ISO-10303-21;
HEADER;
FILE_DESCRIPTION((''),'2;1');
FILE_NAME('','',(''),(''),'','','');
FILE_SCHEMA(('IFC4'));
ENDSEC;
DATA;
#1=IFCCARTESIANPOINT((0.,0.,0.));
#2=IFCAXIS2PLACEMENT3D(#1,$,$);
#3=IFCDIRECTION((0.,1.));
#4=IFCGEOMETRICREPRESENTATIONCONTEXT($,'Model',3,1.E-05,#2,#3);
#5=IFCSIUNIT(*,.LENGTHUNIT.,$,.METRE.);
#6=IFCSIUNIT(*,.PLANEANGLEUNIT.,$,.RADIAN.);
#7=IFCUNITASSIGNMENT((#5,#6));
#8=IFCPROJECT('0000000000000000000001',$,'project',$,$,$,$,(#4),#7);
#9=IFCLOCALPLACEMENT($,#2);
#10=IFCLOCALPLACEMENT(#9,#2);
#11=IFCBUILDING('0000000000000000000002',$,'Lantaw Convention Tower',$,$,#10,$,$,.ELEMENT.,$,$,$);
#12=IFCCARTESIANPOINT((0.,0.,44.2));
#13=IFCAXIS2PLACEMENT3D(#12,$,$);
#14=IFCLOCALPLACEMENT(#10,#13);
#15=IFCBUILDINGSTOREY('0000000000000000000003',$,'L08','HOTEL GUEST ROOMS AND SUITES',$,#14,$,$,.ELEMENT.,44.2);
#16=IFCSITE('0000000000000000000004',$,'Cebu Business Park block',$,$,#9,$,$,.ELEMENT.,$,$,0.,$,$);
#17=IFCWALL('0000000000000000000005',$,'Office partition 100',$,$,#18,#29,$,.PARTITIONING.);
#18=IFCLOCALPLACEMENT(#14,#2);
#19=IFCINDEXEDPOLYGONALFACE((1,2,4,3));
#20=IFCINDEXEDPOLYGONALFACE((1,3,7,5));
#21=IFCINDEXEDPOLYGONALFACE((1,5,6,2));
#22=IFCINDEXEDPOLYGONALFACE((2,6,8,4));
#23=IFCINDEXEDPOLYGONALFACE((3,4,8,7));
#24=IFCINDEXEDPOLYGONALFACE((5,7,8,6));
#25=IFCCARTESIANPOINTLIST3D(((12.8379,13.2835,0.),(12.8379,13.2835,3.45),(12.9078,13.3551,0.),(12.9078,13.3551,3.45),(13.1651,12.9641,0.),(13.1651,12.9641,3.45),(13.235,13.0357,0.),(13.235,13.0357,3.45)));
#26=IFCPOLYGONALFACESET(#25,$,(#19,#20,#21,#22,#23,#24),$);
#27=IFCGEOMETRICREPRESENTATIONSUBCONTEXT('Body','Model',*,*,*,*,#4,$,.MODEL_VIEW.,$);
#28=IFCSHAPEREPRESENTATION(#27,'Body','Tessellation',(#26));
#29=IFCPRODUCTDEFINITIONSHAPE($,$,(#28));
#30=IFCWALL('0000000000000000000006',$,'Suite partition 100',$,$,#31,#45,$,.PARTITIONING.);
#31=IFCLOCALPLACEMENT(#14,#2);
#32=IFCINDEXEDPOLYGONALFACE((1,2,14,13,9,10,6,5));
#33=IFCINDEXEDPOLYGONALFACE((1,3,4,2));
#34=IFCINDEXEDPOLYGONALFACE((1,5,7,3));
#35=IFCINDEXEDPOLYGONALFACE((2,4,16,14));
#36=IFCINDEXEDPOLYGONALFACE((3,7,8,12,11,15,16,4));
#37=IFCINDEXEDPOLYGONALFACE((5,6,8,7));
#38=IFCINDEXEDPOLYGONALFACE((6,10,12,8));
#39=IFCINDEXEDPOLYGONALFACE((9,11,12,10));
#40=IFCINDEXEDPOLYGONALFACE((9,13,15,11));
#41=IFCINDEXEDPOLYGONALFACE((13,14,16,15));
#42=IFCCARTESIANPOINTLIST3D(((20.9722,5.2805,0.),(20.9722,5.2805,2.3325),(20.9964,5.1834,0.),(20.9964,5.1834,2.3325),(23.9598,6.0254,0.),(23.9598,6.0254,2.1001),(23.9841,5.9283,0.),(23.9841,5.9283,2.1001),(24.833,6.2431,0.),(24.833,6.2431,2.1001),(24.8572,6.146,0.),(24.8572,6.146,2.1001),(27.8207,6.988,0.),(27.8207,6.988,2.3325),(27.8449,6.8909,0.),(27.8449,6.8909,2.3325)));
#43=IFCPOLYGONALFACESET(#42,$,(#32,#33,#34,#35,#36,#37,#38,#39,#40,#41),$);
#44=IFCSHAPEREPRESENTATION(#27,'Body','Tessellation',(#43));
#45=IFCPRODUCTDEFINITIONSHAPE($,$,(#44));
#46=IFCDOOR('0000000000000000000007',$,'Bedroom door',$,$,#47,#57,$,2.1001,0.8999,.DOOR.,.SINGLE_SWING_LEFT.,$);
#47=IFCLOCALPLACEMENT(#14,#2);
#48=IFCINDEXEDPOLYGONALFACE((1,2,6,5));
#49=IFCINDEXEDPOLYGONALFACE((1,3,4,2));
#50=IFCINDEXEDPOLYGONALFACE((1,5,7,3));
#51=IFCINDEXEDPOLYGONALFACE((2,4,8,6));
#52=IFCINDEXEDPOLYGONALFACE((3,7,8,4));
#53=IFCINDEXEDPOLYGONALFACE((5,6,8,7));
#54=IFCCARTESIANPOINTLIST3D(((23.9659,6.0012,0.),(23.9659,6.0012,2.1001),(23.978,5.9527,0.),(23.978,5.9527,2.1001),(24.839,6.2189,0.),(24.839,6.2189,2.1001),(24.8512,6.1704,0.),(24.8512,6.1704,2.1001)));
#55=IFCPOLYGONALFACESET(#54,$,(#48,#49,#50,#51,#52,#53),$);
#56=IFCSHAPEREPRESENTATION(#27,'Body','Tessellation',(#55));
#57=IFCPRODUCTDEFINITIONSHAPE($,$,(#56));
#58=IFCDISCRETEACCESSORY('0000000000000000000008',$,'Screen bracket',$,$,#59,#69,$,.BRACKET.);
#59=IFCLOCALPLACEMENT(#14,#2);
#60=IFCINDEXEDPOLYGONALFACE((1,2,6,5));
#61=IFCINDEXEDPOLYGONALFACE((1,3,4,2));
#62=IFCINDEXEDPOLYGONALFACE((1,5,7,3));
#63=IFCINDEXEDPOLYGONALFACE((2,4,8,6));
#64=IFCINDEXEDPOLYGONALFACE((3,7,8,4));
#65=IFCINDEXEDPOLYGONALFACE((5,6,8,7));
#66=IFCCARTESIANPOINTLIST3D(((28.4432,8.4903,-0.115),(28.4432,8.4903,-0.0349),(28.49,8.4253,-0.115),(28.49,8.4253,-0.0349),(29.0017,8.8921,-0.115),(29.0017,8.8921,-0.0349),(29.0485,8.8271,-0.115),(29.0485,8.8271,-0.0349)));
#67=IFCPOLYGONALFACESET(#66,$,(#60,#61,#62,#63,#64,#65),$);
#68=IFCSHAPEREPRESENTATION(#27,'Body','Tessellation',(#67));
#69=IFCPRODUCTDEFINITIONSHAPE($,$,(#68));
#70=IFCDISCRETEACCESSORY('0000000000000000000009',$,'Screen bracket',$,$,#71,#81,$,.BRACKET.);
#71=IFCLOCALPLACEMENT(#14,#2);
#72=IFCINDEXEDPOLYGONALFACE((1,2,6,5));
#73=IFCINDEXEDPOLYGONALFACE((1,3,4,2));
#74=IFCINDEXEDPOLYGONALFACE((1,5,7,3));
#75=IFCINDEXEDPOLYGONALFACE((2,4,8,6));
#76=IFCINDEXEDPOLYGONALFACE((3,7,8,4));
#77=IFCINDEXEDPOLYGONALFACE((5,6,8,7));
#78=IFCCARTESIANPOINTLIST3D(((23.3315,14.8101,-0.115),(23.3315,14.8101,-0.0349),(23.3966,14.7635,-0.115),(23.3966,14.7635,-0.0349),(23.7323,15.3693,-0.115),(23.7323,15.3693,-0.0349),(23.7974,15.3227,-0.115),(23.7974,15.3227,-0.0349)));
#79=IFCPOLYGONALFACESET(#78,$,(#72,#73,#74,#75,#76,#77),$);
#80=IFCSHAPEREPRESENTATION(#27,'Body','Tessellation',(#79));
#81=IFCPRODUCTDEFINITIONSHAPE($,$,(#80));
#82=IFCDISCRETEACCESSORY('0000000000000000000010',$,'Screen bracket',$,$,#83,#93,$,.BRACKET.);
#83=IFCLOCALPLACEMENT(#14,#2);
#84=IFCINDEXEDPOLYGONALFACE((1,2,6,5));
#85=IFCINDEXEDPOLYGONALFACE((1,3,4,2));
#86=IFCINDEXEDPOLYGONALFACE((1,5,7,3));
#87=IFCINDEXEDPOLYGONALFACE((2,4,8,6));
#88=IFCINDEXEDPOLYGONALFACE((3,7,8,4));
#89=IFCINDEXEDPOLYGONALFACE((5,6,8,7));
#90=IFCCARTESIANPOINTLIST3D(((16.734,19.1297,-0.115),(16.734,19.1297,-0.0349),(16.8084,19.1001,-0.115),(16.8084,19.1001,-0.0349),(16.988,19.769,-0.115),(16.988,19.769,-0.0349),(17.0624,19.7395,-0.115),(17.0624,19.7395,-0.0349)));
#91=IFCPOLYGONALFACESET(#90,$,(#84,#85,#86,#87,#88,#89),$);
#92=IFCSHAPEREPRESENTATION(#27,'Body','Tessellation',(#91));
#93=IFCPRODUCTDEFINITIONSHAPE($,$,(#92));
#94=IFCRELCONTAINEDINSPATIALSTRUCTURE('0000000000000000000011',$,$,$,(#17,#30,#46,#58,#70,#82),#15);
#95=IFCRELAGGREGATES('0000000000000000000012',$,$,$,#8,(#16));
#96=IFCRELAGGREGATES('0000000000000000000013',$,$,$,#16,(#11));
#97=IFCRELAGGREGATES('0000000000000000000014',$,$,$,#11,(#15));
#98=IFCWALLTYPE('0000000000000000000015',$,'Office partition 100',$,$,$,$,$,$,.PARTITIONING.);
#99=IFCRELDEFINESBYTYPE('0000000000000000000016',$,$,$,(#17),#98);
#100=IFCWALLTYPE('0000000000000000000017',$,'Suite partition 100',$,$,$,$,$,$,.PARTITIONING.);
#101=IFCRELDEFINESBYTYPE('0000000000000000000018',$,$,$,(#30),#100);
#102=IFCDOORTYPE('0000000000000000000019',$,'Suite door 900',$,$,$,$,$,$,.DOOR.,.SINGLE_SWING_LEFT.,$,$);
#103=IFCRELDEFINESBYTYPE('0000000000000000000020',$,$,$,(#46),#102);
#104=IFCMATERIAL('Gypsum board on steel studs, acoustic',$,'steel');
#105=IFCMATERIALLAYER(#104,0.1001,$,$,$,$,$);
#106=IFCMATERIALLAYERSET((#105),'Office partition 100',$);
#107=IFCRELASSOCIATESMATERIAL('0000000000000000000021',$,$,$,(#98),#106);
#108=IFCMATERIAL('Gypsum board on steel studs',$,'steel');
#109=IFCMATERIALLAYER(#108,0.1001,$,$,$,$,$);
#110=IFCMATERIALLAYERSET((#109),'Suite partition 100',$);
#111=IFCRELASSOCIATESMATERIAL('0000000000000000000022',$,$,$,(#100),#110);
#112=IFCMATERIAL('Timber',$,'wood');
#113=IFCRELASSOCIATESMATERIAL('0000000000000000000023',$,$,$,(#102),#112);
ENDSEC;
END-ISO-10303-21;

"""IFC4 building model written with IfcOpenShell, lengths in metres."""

from ifc_helpers import new_model, si_unit, direction, frame, frame_2d, origin, origin_2d, place, context, subcontext, project, spatial, rectangle, extrude, material, layer, layer_set, type_object, element, fill, save


model = new_model("IFC4")

# Units and contexts
model_context = context("Model", 3, precision=1e-05, world=origin(), true_north=direction((0.0, 1.0)))
body_context = subcontext(model_context, "Body", "Model", "MODEL_VIEW")
ifc_project = project(units=[si_unit("LENGTHUNIT", "METRE"), si_unit("PLANEANGLEUNIT", "RADIAN")], contexts=[model_context])

# Site, building, storey
site_placement = place(None, origin())
site = spatial("IfcSite", under=ifc_project, at=site_placement, Name="Cebu Business Park block", CompositionType="ELEMENT", RefElevation=0.0)
building_placement = place(site_placement, origin())
building = spatial("IfcBuilding", under=site, at=building_placement, Name="Lantaw Convention Tower", CompositionType="ELEMENT")
storey_placement = place(building_placement, frame((0.0, 0.0, 44.2)))
storey = spatial("IfcBuildingStorey", under=building, at=storey_placement, Name="L08", Description="HOTEL GUEST ROOMS AND SUITES", CompositionType="ELEMENT", Elevation=44.2)

# Wall
ifc_material_1 = material(Name="Gypsum board on steel studs, acoustic", Category="steel")
ifc_layer_1 = layer(ifc_material_1, 0.1001)
ifc_layer_set_1 = layer_set([ifc_layer_1], Name="Office partition 100")
wall_type_1 = type_object("IfcWallType", Name="Office partition 100", PredefinedType="PARTITIONING", material=ifc_layer_set_1)
wall_1_placement = place(storey_placement, frame((13.2, 13.0, 0.0), z_axis=(0.0, 0.0, 1.0), x_axis=(-0.7156, 0.698511, 0.0)))
element("IfcWall", 1, at=wall_1_placement, inside=storey, type_object=wall_type_1, Name="Office partition 100", PredefinedType="PARTITIONING", context=body_context, shape_type="SweptSolid", body=[
    extrude(rectangle(XDim=0.4573, YDim=0.1001, at=frame_2d((0.2285, 0.0))), origin(), (0.0, 0.0, 1.0), 3.45),
])

# Wall, opening, door
ifc_material_2 = material(Name="Gypsum board on steel studs", Category="steel")
ifc_layer_2 = layer(ifc_material_2, 0.1001)
ifc_layer_set_2 = layer_set([ifc_layer_2], Name="Suite partition 100")
wall_type_2 = type_object("IfcWallType", Name="Suite partition 100", PredefinedType="PARTITIONING", material=ifc_layer_set_2)
wall_2_placement = place(storey_placement, frame((27.8328, 6.9395, 0.0), z_axis=(0.0, 0.0, 1.0), x_axis=(-0.970295, -0.241925, 0.0)))
wall_2 = element("IfcWall", 2, at=wall_2_placement, inside=storey, type_object=wall_type_2, Name="Suite partition 100", PredefinedType="PARTITIONING", context=body_context, shape_type="SweptSolid", body=[
    extrude(rectangle(XDim=7.0581, YDim=0.1001, at=frame_2d((3.5291, 0.0))), origin(), (0.0, 0.0, 1.0), 2.3325),
])
opening_1_placement = place(wall_2_placement, frame((3.0791, 0.0, 0.0)))
opening_1 = element("IfcOpeningElement", 3, at=opening_1_placement, cuts=wall_2, PredefinedType="OPENING", context=body_context, shape_type="SweptSolid", body=[
    extrude(rectangle(XDim=0.8999, YDim=2.1001, at=frame_2d((0.45, 1.05))), frame((0.0, 0.0601, 0.0), z_axis=(0.0, -1.0, 0.0), x_axis=(1.0, 0.0, 0.0)), (0.0, 0.0, 1.0), 0.1201),
])
ifc_material_3 = material(Name="Timber", Category="wood")
door_type = type_object("IfcDoorType", Name="Suite door 900", OperationType="SINGLE_SWING_LEFT", PredefinedType="DOOR", material=ifc_material_3)
door_placement = place(opening_1_placement, origin())
door = element("IfcDoor", 4, at=door_placement, inside=storey, type_object=door_type, Name="Bedroom door", OperationType="SINGLE_SWING_LEFT", OverallHeight=2.1001, OverallWidth=0.8999, PredefinedType="DOOR", context=body_context, shape_type="SweptSolid", body=[
    extrude(rectangle(XDim=0.8999, YDim=2.1001, at=frame_2d((0.45, 1.05))), frame((0.0, 0.0249, 0.0), z_axis=(0.0, -1.0, 0.0), x_axis=(1.0, 0.0, 0.0)), (0.0, 0.0, 1.0), 0.05),
])
fill(opening_1, door)

# Discrete accessories
for number, where, z_axis, x_axis, name in (
    (5, (28.7458, 8.6587, -0.115), (0.0, 0.0, 1.0), (-0.583951, 0.811789, 0.0), "Screen bracket"),
    (6, (23.5645, 15.0664, -0.115), (0.0, 0.0, 1.0), (-0.812804, 0.582538, 0.0), "Screen bracket"),
    (7, (16.8982, 19.4346, -0.115), (0.0, 0.0, 1.0), (-0.929361, 0.369172, 0.0), "Screen bracket"),
):
    element("IfcDiscreteAccessory", number, at=place(storey_placement, frame(where, z_axis=z_axis, x_axis=x_axis)), inside=storey, Name=name, PredefinedType="BRACKET", context=body_context, shape_type="SweptSolid", body=[
        extrude(rectangle(XDim=0.0801, YDim=0.688, at=origin_2d()), origin(), (0.0, 0.0, 1.0), 0.0801),
    ])

save(model, "model.ifc")
